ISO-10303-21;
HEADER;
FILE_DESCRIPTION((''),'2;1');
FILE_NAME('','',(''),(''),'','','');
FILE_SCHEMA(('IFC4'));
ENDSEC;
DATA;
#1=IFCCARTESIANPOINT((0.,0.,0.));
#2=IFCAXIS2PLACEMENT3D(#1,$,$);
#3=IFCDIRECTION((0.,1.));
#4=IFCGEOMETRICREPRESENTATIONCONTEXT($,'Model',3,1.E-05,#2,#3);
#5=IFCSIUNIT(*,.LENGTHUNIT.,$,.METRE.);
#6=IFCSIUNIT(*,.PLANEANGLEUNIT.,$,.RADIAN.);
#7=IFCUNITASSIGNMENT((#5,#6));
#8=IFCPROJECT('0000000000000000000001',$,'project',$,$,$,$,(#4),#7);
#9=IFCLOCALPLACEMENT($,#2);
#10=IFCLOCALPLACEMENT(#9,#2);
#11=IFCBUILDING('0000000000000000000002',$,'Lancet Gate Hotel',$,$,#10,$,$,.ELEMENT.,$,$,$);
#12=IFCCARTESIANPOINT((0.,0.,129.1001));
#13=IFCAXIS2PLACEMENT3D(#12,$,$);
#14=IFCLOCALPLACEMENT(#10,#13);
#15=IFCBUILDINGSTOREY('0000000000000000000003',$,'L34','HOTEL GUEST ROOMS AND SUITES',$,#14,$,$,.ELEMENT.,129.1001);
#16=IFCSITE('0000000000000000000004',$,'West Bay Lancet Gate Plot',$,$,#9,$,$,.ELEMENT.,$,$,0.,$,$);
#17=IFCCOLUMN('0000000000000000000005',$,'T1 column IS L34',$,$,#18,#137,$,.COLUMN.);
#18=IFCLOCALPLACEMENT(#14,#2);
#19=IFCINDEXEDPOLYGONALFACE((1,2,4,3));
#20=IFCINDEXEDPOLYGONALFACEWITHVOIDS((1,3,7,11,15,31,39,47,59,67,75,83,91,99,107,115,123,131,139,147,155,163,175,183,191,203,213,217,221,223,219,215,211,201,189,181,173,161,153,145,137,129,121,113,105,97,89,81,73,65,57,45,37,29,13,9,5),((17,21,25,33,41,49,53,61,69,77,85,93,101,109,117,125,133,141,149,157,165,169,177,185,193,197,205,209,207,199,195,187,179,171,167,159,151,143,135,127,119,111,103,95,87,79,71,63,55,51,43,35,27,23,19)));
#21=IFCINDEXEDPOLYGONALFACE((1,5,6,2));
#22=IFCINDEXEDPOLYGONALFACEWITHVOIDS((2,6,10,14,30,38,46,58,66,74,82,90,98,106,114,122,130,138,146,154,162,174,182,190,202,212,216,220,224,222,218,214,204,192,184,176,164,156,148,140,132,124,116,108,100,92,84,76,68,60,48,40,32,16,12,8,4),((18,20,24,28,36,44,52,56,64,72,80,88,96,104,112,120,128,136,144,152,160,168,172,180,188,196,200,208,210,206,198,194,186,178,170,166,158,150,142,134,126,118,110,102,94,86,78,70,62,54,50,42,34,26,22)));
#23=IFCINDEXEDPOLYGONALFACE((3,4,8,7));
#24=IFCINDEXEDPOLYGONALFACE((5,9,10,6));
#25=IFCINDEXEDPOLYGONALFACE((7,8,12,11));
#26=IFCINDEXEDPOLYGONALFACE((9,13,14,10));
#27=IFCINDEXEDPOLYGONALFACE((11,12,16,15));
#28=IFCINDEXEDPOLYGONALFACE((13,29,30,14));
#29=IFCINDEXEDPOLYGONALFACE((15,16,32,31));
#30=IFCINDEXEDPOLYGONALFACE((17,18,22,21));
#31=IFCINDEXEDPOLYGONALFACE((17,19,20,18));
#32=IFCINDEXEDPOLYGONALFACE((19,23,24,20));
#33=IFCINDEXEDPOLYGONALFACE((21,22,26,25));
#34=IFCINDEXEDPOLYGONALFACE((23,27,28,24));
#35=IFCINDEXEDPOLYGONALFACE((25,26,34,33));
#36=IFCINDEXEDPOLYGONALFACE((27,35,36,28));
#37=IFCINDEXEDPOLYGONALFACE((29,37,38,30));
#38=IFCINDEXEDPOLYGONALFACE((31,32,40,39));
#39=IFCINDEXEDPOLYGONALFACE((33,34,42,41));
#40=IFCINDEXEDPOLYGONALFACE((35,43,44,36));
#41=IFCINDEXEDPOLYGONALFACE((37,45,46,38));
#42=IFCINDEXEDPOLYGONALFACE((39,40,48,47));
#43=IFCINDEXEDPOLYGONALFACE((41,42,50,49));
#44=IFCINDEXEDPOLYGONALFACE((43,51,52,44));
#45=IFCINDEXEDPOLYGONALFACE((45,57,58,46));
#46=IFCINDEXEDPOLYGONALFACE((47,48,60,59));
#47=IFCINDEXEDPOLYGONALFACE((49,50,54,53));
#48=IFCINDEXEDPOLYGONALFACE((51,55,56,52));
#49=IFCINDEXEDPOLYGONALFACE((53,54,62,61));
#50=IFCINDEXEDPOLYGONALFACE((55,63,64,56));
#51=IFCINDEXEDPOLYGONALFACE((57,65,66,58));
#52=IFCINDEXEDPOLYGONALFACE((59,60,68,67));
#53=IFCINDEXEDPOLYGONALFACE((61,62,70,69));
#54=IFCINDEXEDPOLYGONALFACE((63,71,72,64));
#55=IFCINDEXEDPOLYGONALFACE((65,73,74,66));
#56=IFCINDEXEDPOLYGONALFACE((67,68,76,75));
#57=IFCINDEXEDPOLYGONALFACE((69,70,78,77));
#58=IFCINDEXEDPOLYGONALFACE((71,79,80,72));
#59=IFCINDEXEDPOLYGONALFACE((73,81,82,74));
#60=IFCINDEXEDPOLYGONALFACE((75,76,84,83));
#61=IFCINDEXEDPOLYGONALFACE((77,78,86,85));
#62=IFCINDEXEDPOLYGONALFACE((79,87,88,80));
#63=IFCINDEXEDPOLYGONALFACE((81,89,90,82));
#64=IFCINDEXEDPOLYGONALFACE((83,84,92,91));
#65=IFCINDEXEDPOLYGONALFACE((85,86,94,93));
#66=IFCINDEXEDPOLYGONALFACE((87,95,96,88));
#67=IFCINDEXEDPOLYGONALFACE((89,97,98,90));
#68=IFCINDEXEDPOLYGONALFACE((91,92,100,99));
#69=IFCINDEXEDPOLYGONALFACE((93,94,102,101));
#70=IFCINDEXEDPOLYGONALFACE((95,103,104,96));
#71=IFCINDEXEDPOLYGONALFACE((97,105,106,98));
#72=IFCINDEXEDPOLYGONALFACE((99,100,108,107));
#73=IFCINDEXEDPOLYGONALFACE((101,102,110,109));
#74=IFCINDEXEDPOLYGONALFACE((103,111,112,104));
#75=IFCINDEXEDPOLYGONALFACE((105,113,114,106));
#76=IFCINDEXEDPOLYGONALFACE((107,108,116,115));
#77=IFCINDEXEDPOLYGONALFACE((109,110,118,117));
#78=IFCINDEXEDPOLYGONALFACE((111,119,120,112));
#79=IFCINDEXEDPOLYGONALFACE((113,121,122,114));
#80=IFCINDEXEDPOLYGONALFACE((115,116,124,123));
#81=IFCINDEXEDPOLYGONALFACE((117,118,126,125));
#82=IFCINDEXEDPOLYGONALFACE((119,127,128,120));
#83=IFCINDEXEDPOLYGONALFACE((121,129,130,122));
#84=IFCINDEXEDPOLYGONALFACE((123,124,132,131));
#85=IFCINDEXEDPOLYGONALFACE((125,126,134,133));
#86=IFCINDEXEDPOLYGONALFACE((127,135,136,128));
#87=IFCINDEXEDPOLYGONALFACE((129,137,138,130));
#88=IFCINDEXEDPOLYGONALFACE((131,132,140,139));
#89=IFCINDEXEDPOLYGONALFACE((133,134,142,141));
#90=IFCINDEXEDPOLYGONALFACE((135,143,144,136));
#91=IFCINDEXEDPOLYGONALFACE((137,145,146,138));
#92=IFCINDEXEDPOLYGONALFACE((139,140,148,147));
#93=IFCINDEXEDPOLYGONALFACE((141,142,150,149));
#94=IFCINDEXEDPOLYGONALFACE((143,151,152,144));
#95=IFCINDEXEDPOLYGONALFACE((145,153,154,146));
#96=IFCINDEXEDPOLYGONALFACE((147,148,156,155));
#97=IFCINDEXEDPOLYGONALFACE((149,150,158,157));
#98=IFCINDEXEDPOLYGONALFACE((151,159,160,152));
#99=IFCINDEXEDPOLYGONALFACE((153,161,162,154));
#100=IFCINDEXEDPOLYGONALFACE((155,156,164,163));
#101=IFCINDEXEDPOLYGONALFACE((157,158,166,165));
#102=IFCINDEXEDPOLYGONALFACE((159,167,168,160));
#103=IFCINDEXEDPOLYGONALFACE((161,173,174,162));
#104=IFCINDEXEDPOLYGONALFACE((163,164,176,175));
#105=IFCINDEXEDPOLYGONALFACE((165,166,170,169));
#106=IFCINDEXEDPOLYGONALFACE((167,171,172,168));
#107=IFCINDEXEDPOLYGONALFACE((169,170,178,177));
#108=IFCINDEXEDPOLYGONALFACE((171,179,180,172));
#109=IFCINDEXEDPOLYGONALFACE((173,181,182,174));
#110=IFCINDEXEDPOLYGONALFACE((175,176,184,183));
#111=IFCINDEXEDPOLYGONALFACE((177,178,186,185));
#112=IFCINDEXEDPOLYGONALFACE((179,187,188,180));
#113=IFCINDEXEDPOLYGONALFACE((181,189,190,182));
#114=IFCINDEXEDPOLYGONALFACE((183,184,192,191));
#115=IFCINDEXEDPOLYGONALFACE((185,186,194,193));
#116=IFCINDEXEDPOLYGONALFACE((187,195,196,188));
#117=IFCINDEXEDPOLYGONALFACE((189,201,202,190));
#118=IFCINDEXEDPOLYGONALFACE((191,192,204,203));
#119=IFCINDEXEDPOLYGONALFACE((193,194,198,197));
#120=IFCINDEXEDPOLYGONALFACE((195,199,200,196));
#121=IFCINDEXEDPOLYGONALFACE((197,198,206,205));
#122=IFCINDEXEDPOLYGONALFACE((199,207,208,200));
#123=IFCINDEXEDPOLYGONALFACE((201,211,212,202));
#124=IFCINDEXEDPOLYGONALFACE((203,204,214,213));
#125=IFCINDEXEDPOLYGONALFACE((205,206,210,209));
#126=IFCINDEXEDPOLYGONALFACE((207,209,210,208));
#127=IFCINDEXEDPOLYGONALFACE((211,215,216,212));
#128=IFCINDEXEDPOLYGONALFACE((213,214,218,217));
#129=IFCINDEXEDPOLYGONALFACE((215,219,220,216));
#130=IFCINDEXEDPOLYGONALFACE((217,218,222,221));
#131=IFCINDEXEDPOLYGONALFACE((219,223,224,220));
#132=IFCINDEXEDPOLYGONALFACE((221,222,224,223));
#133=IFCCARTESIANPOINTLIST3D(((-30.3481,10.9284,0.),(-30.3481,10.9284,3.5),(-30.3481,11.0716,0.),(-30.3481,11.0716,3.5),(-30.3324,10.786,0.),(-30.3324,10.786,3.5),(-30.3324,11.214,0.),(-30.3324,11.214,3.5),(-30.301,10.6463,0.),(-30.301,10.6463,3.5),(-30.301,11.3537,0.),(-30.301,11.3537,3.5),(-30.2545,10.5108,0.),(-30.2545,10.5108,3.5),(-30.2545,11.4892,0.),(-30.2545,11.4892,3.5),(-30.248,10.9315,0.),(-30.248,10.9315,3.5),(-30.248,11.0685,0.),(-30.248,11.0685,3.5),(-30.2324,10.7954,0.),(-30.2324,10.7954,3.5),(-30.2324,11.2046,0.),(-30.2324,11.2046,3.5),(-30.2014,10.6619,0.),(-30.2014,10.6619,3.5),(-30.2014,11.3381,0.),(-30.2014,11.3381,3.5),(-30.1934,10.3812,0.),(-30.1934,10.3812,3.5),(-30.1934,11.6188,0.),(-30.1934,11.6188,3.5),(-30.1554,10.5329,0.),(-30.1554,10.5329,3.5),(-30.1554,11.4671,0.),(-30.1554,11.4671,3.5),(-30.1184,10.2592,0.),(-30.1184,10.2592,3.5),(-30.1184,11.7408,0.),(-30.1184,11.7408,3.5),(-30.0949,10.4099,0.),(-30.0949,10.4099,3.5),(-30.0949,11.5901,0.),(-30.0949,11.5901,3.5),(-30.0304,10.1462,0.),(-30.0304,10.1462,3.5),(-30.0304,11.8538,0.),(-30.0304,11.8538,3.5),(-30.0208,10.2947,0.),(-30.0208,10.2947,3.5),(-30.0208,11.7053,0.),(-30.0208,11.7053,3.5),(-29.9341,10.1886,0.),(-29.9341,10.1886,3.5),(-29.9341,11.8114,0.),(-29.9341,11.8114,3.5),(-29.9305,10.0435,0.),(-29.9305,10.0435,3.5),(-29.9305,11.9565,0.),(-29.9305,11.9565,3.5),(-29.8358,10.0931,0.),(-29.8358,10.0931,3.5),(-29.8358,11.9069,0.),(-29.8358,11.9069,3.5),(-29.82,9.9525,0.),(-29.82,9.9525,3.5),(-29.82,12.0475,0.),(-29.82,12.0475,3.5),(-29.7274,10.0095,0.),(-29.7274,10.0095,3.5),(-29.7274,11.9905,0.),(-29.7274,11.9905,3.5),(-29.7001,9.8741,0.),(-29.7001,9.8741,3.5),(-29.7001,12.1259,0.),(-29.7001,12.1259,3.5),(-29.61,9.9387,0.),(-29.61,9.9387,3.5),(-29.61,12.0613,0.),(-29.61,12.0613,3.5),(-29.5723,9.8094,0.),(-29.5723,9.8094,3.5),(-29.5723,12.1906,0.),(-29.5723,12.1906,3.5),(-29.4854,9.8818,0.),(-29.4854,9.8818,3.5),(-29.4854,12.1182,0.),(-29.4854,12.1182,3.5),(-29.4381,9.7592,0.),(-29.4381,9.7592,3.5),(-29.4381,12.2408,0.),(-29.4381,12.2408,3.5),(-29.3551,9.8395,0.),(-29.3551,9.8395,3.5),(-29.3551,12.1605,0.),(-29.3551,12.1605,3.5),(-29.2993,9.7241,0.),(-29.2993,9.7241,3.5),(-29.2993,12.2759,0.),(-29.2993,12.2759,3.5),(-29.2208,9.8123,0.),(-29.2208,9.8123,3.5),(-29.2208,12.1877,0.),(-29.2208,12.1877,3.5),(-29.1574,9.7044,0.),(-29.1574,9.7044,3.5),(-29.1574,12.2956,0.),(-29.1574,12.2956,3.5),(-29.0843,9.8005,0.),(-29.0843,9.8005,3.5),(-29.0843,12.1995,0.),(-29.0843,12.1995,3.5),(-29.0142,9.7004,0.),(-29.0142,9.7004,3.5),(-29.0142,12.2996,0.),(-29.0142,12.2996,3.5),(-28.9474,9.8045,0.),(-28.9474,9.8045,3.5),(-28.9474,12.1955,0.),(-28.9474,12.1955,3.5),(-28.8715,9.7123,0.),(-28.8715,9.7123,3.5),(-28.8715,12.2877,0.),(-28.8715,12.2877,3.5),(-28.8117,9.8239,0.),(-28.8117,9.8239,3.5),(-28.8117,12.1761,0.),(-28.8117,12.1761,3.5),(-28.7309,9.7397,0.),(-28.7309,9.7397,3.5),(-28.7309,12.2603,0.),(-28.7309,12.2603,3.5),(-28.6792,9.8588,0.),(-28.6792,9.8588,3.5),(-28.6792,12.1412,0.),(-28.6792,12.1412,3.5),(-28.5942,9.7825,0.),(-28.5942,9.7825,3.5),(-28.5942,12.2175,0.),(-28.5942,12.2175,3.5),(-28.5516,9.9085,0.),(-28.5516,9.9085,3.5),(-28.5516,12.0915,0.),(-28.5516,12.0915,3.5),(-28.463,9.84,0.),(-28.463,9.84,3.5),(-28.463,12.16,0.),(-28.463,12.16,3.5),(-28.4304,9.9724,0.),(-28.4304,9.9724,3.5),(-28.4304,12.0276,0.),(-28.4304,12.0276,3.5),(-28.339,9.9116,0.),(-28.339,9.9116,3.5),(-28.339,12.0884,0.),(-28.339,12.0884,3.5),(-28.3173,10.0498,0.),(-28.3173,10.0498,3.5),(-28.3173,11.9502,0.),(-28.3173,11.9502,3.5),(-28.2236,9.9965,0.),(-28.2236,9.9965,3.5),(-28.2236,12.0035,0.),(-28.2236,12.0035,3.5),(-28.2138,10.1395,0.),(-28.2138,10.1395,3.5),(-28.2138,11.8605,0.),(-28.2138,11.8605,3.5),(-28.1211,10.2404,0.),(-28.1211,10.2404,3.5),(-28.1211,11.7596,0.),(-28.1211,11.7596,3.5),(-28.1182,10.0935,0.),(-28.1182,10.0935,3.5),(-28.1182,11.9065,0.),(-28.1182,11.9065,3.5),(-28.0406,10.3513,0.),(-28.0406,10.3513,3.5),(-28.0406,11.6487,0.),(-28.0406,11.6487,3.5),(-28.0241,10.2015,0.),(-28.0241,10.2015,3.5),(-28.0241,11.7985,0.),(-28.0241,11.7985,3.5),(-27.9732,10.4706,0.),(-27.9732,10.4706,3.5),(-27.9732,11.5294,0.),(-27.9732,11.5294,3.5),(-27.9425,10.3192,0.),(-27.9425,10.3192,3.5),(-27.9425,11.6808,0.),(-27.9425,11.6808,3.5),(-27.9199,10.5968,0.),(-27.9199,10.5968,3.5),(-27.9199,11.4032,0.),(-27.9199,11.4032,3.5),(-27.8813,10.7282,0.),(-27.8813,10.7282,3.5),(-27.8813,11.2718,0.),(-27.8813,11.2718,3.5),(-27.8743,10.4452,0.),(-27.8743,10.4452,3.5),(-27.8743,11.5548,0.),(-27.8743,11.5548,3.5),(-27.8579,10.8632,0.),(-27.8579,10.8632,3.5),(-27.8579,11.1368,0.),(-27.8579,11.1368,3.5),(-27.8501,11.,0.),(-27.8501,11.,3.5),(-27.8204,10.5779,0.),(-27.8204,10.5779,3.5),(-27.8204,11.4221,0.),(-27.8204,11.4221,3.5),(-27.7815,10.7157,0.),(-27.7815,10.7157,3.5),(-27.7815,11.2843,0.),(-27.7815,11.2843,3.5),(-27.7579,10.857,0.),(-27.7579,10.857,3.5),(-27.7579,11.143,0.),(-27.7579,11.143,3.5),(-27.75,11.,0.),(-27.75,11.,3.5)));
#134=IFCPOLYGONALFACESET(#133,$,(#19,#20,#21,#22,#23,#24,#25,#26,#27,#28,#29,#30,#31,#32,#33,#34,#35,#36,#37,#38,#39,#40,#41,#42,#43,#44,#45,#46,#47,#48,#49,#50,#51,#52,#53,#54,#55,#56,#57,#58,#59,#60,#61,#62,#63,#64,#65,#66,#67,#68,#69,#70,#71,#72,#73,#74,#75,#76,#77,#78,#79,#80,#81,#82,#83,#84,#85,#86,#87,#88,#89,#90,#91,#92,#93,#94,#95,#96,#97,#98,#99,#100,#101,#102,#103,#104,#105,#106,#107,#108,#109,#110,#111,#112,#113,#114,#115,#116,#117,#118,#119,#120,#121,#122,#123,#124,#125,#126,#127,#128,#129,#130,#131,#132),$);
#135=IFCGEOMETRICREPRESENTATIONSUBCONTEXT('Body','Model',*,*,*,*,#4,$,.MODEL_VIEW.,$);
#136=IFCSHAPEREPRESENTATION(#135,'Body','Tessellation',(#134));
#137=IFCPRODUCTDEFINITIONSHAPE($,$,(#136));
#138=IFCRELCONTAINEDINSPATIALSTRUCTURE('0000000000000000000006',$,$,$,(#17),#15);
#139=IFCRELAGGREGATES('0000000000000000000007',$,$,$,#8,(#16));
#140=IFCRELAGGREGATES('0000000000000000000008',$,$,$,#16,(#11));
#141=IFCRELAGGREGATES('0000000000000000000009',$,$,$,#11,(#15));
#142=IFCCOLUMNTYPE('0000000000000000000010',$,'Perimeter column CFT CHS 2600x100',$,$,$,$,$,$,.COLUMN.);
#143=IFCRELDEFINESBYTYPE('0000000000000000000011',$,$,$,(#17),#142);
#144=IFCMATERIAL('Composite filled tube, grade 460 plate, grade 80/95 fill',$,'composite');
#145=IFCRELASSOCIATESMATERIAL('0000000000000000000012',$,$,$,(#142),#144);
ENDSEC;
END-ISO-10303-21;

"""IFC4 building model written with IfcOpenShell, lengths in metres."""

from ifc_helpers import new_model, si_unit, direction, frame, origin, origin_2d, place, context, subcontext, project, spatial, hollow_circle, extrude, material, material_profile, profile_set, type_object, element, save


model = new_model("IFC4")

# Units and contexts
model_context = context("Model", 3, precision=1e-05, world=origin(), true_north=direction((0.0, 1.0)))
body_context = subcontext(model_context, "Body", "Model", "MODEL_VIEW")
ifc_project = project(units=[si_unit("LENGTHUNIT", "METRE"), si_unit("PLANEANGLEUNIT", "RADIAN")], contexts=[model_context])

# Site, building, storey
site_placement = place(None, origin())
site = spatial("IfcSite", under=ifc_project, at=site_placement, Name="West Bay Lancet Gate Plot", CompositionType="ELEMENT", RefElevation=0.0)
building_placement = place(site_placement, origin())
building = spatial("IfcBuilding", under=site, at=building_placement, Name="Lancet Gate Hotel", CompositionType="ELEMENT")
storey_placement = place(building_placement, frame((0.0, 0.0, 129.1001)))
storey = spatial("IfcBuildingStorey", under=building, at=storey_placement, Name="L34", Description="HOTEL GUEST ROOMS AND SUITES", CompositionType="ELEMENT", Elevation=129.1001)

# Column
ifc_material_1 = material(Name="Composite filled tube, grade 460 plate, grade 80/95 fill", Category="composite")
ifc_material_profile_1 = material_profile(ifc_material_1, hollow_circle(Radius=1.3, WallThickness=0.1001, at=origin_2d()), Name="CHS 2600x100")
ifc_profile_set_1 = profile_set([ifc_material_profile_1], Name="Composite filled tube, grade 460 plate, grade 80/95 fill")
column_type = type_object("IfcColumnType", Name="Perimeter column CFT CHS 2600x100", PredefinedType="COLUMN", material=ifc_profile_set_1)
for number, where, z_axis, x_axis, name in (
    (1, (-29.05, 11.0, 0.0), (0.0, 0.0, 1.0), (1.0, 0.0, 0.0), "T1 column IS L34"),
):
    element("IfcColumn", number, at=place(storey_placement, frame(where, z_axis=z_axis, x_axis=x_axis)), inside=storey, type_object=column_type, Name=name, PredefinedType="COLUMN", context=body_context, shape_type="SweptSolid", body=[
        extrude(hollow_circle(Radius=1.3, WallThickness=0.1001, at=origin_2d()), origin(), (0.0, 0.0, 1.0), 3.5),
    ])

save(model, "model.ifc")
